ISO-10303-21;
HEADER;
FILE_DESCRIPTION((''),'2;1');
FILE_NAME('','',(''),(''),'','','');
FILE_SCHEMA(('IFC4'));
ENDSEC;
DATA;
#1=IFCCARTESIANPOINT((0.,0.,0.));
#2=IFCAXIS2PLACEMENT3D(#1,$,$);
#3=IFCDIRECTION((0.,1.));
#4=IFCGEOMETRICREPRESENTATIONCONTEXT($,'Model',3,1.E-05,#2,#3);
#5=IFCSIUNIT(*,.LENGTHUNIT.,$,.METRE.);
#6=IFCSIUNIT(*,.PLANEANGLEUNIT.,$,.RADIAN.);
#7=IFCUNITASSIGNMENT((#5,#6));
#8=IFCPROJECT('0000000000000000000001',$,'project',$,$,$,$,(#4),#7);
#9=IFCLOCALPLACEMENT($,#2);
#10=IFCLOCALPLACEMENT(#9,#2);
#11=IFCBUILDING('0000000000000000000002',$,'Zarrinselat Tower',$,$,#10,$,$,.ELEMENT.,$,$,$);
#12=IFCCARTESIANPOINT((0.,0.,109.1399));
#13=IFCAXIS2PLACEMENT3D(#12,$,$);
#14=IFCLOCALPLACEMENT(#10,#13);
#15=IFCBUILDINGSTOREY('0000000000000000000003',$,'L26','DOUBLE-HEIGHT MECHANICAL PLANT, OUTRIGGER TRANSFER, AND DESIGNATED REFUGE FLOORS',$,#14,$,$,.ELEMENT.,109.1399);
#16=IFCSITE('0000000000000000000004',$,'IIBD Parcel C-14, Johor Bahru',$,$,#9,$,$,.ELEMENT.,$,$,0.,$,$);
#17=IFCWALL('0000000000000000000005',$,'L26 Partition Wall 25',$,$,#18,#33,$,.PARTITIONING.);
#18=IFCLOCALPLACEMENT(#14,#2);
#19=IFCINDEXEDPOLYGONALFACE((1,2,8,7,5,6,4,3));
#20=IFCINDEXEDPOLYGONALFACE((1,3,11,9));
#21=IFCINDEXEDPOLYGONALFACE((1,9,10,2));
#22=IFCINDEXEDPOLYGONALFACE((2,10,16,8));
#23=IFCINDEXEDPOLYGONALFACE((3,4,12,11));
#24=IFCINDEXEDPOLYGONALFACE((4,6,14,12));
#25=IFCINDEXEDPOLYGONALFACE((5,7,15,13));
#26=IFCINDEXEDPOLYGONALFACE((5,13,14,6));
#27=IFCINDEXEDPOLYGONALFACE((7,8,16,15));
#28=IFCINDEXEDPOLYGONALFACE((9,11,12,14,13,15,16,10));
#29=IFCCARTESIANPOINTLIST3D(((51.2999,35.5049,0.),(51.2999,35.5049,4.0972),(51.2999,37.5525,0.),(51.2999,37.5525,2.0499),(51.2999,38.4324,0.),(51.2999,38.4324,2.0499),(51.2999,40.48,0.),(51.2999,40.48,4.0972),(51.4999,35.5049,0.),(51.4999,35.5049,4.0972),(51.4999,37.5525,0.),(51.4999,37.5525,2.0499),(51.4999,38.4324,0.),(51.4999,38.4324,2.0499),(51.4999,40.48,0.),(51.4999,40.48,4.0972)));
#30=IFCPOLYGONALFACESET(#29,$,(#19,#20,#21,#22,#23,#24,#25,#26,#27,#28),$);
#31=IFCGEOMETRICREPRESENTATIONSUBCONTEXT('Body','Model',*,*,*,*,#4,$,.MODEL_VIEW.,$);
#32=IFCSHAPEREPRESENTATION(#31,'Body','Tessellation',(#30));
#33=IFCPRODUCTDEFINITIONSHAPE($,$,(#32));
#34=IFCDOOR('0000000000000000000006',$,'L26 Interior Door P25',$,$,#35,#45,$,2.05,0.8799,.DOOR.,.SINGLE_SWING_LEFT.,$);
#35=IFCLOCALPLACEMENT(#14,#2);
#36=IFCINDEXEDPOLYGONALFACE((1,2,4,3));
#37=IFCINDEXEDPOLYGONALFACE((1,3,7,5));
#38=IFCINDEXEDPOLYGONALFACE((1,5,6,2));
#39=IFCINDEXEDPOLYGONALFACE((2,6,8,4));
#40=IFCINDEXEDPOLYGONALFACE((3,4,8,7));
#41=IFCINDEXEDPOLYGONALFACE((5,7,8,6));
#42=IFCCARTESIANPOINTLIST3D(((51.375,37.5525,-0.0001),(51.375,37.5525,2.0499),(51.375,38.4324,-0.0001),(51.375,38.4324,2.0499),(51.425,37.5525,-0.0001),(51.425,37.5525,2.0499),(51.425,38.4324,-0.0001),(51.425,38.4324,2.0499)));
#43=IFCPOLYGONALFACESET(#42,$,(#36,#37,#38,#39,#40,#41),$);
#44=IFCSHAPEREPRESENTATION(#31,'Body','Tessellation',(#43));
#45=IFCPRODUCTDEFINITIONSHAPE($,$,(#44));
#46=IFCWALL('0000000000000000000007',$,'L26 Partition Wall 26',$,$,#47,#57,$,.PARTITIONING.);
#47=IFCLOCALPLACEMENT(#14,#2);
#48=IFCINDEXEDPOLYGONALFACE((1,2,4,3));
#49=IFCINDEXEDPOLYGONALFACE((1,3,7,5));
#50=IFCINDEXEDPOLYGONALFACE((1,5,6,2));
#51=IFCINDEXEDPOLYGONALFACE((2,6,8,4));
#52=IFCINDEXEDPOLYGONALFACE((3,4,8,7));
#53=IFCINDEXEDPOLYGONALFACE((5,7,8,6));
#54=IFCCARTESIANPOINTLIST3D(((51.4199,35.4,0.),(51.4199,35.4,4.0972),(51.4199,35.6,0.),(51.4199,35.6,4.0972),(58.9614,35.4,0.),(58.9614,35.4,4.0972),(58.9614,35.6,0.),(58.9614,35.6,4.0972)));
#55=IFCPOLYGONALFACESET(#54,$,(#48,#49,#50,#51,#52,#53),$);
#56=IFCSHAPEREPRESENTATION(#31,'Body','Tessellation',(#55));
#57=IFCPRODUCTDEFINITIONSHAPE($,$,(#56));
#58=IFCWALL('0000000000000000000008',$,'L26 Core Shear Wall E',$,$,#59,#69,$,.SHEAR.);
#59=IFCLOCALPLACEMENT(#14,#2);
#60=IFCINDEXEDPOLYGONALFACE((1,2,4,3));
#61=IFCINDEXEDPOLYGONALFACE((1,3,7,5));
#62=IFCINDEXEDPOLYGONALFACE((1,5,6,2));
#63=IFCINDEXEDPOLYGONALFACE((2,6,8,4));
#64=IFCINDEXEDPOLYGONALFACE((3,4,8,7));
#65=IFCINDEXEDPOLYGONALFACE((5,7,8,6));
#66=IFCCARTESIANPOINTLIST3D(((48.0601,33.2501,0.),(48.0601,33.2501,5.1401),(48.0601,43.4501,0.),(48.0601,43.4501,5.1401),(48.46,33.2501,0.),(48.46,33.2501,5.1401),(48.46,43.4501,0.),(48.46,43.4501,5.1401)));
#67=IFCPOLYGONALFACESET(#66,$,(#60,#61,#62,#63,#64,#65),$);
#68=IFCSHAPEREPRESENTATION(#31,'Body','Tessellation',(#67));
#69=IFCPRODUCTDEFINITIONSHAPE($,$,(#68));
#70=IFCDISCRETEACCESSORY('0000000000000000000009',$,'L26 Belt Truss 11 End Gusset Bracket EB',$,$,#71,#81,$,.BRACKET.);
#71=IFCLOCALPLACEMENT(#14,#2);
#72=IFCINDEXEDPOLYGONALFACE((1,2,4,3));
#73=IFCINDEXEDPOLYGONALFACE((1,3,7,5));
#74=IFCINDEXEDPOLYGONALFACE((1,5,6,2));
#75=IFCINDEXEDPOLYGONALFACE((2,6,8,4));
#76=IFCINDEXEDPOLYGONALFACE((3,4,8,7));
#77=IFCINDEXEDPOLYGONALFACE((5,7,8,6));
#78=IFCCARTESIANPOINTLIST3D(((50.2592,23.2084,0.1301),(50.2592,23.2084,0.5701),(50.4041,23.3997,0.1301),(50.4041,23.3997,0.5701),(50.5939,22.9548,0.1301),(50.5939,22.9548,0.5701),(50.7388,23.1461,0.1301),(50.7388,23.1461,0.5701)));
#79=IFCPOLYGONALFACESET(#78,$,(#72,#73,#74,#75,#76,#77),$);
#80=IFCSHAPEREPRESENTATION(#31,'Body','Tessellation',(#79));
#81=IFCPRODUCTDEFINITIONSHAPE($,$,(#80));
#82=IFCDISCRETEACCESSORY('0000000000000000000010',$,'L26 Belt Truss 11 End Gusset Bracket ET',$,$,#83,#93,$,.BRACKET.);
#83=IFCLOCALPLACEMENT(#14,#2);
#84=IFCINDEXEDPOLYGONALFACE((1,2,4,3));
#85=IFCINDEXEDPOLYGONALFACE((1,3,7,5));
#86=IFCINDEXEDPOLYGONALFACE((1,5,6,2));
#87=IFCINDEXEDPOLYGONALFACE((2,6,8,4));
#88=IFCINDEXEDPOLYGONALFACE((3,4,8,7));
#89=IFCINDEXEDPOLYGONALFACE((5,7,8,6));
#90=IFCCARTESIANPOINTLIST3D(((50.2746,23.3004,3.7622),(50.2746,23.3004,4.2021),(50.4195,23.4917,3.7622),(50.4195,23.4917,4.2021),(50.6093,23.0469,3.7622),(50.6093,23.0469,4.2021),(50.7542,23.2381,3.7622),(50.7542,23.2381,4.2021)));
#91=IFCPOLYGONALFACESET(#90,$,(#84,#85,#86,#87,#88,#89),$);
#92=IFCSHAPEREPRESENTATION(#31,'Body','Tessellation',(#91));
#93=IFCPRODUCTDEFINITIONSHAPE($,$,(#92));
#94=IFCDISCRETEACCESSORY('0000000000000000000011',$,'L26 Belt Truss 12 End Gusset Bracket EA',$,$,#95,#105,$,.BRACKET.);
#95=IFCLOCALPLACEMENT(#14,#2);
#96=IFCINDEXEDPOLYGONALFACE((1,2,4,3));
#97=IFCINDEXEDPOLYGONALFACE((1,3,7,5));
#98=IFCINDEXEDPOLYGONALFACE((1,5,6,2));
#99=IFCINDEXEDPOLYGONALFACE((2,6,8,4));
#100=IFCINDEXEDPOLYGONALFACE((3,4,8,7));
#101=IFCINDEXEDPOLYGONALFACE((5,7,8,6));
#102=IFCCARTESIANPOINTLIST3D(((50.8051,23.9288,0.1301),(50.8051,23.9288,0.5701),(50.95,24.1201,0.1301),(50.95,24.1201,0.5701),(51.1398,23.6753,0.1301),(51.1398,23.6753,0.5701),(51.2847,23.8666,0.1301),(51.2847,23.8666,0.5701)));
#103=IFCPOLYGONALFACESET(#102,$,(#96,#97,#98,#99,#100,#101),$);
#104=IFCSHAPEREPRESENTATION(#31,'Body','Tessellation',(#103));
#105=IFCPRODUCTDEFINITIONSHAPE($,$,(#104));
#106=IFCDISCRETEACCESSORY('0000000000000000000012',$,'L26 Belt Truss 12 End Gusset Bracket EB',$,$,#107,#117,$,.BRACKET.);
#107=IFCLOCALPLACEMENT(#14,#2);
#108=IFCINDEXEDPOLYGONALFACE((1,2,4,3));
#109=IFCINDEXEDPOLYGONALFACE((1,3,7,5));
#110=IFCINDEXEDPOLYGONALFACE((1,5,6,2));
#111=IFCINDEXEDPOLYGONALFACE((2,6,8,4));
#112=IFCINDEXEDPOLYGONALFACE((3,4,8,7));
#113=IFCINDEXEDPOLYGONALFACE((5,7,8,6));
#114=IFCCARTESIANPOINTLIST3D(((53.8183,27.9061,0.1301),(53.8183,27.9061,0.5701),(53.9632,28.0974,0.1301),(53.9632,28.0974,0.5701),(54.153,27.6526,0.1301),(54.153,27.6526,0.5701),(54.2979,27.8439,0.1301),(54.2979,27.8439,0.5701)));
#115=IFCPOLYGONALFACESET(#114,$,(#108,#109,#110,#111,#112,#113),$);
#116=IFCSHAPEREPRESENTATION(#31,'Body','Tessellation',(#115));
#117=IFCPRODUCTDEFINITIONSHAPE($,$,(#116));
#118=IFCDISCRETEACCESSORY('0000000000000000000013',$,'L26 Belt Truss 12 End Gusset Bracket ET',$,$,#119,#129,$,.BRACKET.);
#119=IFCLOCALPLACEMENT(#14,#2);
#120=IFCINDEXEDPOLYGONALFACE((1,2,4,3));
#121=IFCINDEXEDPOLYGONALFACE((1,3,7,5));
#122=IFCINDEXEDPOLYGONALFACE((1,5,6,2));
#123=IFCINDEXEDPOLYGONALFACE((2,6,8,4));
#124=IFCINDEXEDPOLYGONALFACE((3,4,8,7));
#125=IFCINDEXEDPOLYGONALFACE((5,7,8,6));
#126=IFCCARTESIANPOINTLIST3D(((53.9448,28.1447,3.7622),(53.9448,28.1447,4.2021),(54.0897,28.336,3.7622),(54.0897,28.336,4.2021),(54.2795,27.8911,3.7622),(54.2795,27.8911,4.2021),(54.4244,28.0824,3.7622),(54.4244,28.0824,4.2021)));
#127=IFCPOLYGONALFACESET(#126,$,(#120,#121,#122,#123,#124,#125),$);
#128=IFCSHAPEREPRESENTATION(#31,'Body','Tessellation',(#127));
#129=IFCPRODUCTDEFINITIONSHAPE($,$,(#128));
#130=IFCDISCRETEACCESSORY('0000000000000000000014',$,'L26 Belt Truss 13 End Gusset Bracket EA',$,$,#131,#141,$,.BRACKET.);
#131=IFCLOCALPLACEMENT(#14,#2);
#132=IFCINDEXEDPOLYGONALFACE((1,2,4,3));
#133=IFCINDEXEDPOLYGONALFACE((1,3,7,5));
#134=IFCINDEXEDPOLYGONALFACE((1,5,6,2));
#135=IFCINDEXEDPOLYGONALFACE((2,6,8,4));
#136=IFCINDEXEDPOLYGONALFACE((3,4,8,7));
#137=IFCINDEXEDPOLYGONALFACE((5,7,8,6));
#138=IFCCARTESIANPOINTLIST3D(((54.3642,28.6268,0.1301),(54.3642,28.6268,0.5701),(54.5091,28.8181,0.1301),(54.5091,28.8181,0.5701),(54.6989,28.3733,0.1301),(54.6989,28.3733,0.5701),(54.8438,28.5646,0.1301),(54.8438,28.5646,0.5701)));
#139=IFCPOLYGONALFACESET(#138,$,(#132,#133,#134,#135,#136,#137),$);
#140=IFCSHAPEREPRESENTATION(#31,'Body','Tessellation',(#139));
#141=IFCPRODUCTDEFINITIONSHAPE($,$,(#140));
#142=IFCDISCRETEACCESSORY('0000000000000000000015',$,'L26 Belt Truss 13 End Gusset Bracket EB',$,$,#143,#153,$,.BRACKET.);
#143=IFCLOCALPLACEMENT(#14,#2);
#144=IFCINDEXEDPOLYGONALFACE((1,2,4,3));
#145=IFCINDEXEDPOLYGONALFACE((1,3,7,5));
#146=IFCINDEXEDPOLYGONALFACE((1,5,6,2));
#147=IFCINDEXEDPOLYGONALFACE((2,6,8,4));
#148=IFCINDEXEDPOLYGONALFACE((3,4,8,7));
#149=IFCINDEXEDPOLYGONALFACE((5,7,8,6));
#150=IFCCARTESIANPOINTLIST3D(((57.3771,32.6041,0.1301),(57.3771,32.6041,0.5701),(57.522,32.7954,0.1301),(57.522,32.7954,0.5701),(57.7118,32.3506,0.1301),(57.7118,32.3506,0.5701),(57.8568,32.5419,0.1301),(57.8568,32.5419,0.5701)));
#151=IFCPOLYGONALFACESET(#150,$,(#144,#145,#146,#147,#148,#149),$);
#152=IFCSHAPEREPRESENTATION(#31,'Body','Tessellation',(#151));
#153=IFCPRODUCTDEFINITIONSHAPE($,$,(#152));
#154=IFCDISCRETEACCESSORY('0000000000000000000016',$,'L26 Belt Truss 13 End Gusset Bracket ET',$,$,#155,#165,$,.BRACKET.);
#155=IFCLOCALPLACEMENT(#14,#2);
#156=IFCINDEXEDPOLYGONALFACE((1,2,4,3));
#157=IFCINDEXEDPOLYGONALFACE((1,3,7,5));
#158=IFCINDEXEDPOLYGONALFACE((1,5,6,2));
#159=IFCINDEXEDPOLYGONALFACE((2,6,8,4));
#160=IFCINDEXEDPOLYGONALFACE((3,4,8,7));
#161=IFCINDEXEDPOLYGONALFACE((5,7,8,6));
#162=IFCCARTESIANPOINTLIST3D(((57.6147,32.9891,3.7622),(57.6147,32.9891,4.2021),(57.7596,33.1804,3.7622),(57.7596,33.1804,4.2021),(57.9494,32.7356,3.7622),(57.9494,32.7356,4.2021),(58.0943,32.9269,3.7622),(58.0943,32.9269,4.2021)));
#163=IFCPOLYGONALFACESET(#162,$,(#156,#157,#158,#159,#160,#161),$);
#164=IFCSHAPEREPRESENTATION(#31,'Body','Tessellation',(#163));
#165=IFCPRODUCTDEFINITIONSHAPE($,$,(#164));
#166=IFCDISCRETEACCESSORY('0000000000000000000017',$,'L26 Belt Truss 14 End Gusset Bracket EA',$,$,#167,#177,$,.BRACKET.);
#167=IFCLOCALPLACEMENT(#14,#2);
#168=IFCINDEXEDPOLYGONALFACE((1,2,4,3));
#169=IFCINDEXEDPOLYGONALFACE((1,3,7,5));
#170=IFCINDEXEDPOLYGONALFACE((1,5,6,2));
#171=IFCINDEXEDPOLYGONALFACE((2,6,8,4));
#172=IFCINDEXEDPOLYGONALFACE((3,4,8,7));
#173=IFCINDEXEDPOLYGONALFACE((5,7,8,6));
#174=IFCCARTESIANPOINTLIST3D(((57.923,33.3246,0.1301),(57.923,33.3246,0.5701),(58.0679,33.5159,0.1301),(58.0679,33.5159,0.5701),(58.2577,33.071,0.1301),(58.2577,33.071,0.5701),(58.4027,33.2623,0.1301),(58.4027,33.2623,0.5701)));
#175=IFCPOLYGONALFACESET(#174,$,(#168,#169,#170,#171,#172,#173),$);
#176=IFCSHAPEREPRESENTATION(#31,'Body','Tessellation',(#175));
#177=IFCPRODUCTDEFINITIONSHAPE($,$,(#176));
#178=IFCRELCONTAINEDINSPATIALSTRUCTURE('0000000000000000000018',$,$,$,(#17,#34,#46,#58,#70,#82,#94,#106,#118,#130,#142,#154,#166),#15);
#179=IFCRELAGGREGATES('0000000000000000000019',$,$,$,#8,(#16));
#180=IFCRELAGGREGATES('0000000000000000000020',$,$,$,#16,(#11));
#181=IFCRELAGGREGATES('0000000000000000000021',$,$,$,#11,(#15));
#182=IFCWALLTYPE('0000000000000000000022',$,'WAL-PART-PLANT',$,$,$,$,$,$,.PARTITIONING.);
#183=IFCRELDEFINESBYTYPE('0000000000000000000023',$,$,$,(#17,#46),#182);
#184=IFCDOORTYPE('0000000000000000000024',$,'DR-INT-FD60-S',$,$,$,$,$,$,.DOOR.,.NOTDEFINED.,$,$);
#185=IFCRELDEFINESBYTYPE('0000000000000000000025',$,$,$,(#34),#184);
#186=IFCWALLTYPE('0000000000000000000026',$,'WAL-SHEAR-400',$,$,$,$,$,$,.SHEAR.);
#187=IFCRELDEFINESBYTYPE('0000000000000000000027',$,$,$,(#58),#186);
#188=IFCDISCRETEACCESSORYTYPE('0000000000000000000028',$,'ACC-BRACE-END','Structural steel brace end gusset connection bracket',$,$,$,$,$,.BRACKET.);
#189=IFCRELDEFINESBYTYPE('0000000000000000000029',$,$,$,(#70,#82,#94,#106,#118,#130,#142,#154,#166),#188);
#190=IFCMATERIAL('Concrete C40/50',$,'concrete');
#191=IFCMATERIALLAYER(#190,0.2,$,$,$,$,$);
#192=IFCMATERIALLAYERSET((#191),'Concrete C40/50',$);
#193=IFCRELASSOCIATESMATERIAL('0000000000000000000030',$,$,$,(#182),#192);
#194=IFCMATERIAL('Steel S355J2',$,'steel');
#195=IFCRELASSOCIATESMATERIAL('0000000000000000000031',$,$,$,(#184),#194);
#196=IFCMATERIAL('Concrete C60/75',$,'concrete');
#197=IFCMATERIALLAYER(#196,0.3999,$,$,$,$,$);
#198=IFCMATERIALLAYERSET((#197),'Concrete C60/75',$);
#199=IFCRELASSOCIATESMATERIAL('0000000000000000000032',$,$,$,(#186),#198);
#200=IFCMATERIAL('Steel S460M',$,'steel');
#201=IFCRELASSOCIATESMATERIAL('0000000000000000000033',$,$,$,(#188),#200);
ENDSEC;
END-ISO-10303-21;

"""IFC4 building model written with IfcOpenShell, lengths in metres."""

from ifc_helpers import new_model, si_unit, direction, frame, frame_2d, origin, origin_2d, place, context, subcontext, project, spatial, rectangle, extrude, material, layer, layer_set, type_object, element, fill, save


model = new_model("IFC4")

# Units and contexts
model_context = context("Model", 3, precision=1e-05, world=origin(), true_north=direction((0.0, 1.0)))
body_context = subcontext(model_context, "Body", "Model", "MODEL_VIEW")
ifc_project = project(units=[si_unit("LENGTHUNIT", "METRE"), si_unit("PLANEANGLEUNIT", "RADIAN")], contexts=[model_context])

# Site, building, storey
site_placement = place(None, origin())
site = spatial("IfcSite", under=ifc_project, at=site_placement, Name="IIBD Parcel C-14, Johor Bahru", CompositionType="ELEMENT", RefElevation=0.0)
building_placement = place(site_placement, origin())
building = spatial("IfcBuilding", under=site, at=building_placement, Name="Zarrinselat Tower", CompositionType="ELEMENT")
storey_placement = place(building_placement, frame((0.0, 0.0, 109.1399)))
storey = spatial("IfcBuildingStorey", under=building, at=storey_placement, Name="L26", Description="DOUBLE-HEIGHT MECHANICAL PLANT, OUTRIGGER TRANSFER, AND DESIGNATED REFUGE FLOORS", CompositionType="ELEMENT", Elevation=109.1399)

# Shared definitions
ifc_material_1 = material(Name="Concrete C40/50", Category="concrete")
ifc_layer_1 = layer(ifc_material_1, 0.2)
ifc_layer_set_1 = layer_set([ifc_layer_1], Name="Concrete C40/50")
wall_type_1 = type_object("IfcWallType", Name="WAL-PART-PLANT", PredefinedType="PARTITIONING", material=ifc_layer_set_1)
ifc_material_2 = material(Name="Steel S355J2", Category="steel")
door_type = type_object("IfcDoorType", Name="DR-INT-FD60-S", OperationType="NOTDEFINED", PredefinedType="DOOR", material=ifc_material_2)

# Wall, opening, door
wall_1_placement = place(storey_placement, frame((51.3999, 35.5049, 0.0), z_axis=(0.0, 0.0, 1.0), x_axis=(0.0, 1.0, 0.0)))
wall_1 = element("IfcWall", 1, at=wall_1_placement, inside=storey, type_object=wall_type_1, Name="L26 Partition Wall 25", PredefinedType="PARTITIONING", context=body_context, shape_type="SweptSolid", body=[
    extrude(rectangle(XDim=4.9751, YDim=0.2, at=frame_2d((2.4875, 0.0))), origin(), (0.0, 0.0, 1.0), 4.0972),
])
opening_1_placement = place(wall_1_placement, frame((2.0476, 0.0, 0.0)))
opening_1 = element("IfcOpeningElement", 2, at=opening_1_placement, cuts=wall_1, PredefinedType="OPENING", context=body_context, shape_type="SweptSolid", body=[
    extrude(rectangle(XDim=0.8799, YDim=2.05, at=frame_2d((0.4399, 1.0249))), frame((0.0, 0.1099, 0.0), z_axis=(0.0, -1.0, 0.0), x_axis=(1.0, 0.0, 0.0)), (0.0, 0.0, 1.0), 0.22),
])
door_1_placement = place(opening_1_placement, origin())
door_1 = element("IfcDoor", 3, at=door_1_placement, inside=storey, type_object=door_type, Name="L26 Interior Door P25", OperationType="SINGLE_SWING_LEFT", OverallHeight=2.05, OverallWidth=0.8799, PredefinedType="DOOR", context=body_context, shape_type="SweptSolid", body=[
    extrude(rectangle(XDim=0.8799, YDim=2.05, at=frame_2d((0.4399, 1.0249))), frame((0.0, 0.0249, 0.0), z_axis=(0.0, -1.0, 0.0), x_axis=(1.0, 0.0, 0.0)), (0.0, 0.0, 1.0), 0.05),
])
fill(opening_1, door_1)

# Walls
wall_2_placement = place(storey_placement, frame((51.4199, 35.5, 0.0), z_axis=(0.0, 0.0, 1.0), x_axis=(1.0, 0.0, 0.0)))
element("IfcWall", 4, at=wall_2_placement, inside=storey, type_object=wall_type_1, Name="L26 Partition Wall 26", PredefinedType="PARTITIONING", context=body_context, shape_type="SweptSolid", body=[
    extrude(rectangle(XDim=7.5415, YDim=0.2, at=frame_2d((3.7708, 0.0))), origin(), (0.0, 0.0, 1.0), 4.0972),
])
ifc_material_3 = material(Name="Concrete C60/75", Category="concrete")
ifc_layer_2 = layer(ifc_material_3, 0.3999)
ifc_layer_set_2 = layer_set([ifc_layer_2], Name="Concrete C60/75")
wall_type_2 = type_object("IfcWallType", Name="WAL-SHEAR-400", PredefinedType="SHEAR", material=ifc_layer_set_2)
wall_3_placement = place(storey_placement, frame((48.26, 33.25, 0.0), z_axis=(0.0, 0.0, 1.0), x_axis=(0.0, 1.0, 0.0)))
element("IfcWall", 5, at=wall_3_placement, inside=storey, type_object=wall_type_2, Name="L26 Core Shear Wall E", PredefinedType="SHEAR", context=body_context, shape_type="SweptSolid", body=[
    extrude(rectangle(XDim=10.2, YDim=0.3999, at=frame_2d((5.1001, 0.0))), origin(), (0.0, 0.0, 1.0), 5.1401),
])

# Discrete accessories
ifc_material_4 = material(Name="Steel S460M", Category="steel")
discrete_accessory_type = type_object("IfcDiscreteAccessoryType", Name="ACC-BRACE-END", Description="Structural steel brace end gusset connection bracket", PredefinedType="BRACKET", material=ifc_material_4)
for number, where, z_axis, x_axis, name in (
    (6, (50.499, 23.1772, 0.1301), (0.0, 0.0, 1.0), (0.603862, 0.797089, 0.0), "L26 Belt Truss 11 End Gusset Bracket EB"),
    (7, (50.5144, 23.2693, 3.7622), (0.0, 0.0, 1.0), (0.603862, 0.797089, 0.0), "L26 Belt Truss 11 End Gusset Bracket ET"),
    (8, (51.0449, 23.8977, 0.1301), (0.0, 0.0, 1.0), (0.603851, 0.797097, 0.0), "L26 Belt Truss 12 End Gusset Bracket EA"),
    (9, (54.0581, 27.875, 0.1301), (0.0, 0.0, 1.0), (0.603851, 0.797097, 0.0), "L26 Belt Truss 12 End Gusset Bracket EB"),
    (10, (54.1846, 28.1135, 3.7622), (0.0, 0.0, 1.0), (0.603851, 0.797097, 0.0), "L26 Belt Truss 12 End Gusset Bracket ET"),
    (11, (54.604, 28.5957, 0.1301), (0.0, 0.0, 1.0), (0.603851, 0.797097, 0.0), "L26 Belt Truss 13 End Gusset Bracket EA"),
    (12, (57.6169, 32.573, 0.1301), (0.0, 0.0, 1.0), (0.603851, 0.797097, 0.0), "L26 Belt Truss 13 End Gusset Bracket EB"),
    (13, (57.8545, 32.958, 3.7622), (0.0, 0.0, 1.0), (0.603851, 0.797097, 0.0), "L26 Belt Truss 13 End Gusset Bracket ET"),
    (14, (58.1628, 33.2935, 0.1301), (0.0, 0.0, 1.0), (0.603862, 0.797089, 0.0), "L26 Belt Truss 14 End Gusset Bracket EA"),
):
    element("IfcDiscreteAccessory", number, at=place(storey_placement, frame(where, z_axis=z_axis, x_axis=x_axis)), inside=storey, type_object=discrete_accessory_type, Name=name, PredefinedType="BRACKET", context=body_context, shape_type="SweptSolid", body=[
        extrude(rectangle(XDim=0.24, YDim=0.4199, at=origin_2d()), origin(), (0.0, 0.0, 1.0), 0.4399),
    ])

save(model, "model.ifc")
